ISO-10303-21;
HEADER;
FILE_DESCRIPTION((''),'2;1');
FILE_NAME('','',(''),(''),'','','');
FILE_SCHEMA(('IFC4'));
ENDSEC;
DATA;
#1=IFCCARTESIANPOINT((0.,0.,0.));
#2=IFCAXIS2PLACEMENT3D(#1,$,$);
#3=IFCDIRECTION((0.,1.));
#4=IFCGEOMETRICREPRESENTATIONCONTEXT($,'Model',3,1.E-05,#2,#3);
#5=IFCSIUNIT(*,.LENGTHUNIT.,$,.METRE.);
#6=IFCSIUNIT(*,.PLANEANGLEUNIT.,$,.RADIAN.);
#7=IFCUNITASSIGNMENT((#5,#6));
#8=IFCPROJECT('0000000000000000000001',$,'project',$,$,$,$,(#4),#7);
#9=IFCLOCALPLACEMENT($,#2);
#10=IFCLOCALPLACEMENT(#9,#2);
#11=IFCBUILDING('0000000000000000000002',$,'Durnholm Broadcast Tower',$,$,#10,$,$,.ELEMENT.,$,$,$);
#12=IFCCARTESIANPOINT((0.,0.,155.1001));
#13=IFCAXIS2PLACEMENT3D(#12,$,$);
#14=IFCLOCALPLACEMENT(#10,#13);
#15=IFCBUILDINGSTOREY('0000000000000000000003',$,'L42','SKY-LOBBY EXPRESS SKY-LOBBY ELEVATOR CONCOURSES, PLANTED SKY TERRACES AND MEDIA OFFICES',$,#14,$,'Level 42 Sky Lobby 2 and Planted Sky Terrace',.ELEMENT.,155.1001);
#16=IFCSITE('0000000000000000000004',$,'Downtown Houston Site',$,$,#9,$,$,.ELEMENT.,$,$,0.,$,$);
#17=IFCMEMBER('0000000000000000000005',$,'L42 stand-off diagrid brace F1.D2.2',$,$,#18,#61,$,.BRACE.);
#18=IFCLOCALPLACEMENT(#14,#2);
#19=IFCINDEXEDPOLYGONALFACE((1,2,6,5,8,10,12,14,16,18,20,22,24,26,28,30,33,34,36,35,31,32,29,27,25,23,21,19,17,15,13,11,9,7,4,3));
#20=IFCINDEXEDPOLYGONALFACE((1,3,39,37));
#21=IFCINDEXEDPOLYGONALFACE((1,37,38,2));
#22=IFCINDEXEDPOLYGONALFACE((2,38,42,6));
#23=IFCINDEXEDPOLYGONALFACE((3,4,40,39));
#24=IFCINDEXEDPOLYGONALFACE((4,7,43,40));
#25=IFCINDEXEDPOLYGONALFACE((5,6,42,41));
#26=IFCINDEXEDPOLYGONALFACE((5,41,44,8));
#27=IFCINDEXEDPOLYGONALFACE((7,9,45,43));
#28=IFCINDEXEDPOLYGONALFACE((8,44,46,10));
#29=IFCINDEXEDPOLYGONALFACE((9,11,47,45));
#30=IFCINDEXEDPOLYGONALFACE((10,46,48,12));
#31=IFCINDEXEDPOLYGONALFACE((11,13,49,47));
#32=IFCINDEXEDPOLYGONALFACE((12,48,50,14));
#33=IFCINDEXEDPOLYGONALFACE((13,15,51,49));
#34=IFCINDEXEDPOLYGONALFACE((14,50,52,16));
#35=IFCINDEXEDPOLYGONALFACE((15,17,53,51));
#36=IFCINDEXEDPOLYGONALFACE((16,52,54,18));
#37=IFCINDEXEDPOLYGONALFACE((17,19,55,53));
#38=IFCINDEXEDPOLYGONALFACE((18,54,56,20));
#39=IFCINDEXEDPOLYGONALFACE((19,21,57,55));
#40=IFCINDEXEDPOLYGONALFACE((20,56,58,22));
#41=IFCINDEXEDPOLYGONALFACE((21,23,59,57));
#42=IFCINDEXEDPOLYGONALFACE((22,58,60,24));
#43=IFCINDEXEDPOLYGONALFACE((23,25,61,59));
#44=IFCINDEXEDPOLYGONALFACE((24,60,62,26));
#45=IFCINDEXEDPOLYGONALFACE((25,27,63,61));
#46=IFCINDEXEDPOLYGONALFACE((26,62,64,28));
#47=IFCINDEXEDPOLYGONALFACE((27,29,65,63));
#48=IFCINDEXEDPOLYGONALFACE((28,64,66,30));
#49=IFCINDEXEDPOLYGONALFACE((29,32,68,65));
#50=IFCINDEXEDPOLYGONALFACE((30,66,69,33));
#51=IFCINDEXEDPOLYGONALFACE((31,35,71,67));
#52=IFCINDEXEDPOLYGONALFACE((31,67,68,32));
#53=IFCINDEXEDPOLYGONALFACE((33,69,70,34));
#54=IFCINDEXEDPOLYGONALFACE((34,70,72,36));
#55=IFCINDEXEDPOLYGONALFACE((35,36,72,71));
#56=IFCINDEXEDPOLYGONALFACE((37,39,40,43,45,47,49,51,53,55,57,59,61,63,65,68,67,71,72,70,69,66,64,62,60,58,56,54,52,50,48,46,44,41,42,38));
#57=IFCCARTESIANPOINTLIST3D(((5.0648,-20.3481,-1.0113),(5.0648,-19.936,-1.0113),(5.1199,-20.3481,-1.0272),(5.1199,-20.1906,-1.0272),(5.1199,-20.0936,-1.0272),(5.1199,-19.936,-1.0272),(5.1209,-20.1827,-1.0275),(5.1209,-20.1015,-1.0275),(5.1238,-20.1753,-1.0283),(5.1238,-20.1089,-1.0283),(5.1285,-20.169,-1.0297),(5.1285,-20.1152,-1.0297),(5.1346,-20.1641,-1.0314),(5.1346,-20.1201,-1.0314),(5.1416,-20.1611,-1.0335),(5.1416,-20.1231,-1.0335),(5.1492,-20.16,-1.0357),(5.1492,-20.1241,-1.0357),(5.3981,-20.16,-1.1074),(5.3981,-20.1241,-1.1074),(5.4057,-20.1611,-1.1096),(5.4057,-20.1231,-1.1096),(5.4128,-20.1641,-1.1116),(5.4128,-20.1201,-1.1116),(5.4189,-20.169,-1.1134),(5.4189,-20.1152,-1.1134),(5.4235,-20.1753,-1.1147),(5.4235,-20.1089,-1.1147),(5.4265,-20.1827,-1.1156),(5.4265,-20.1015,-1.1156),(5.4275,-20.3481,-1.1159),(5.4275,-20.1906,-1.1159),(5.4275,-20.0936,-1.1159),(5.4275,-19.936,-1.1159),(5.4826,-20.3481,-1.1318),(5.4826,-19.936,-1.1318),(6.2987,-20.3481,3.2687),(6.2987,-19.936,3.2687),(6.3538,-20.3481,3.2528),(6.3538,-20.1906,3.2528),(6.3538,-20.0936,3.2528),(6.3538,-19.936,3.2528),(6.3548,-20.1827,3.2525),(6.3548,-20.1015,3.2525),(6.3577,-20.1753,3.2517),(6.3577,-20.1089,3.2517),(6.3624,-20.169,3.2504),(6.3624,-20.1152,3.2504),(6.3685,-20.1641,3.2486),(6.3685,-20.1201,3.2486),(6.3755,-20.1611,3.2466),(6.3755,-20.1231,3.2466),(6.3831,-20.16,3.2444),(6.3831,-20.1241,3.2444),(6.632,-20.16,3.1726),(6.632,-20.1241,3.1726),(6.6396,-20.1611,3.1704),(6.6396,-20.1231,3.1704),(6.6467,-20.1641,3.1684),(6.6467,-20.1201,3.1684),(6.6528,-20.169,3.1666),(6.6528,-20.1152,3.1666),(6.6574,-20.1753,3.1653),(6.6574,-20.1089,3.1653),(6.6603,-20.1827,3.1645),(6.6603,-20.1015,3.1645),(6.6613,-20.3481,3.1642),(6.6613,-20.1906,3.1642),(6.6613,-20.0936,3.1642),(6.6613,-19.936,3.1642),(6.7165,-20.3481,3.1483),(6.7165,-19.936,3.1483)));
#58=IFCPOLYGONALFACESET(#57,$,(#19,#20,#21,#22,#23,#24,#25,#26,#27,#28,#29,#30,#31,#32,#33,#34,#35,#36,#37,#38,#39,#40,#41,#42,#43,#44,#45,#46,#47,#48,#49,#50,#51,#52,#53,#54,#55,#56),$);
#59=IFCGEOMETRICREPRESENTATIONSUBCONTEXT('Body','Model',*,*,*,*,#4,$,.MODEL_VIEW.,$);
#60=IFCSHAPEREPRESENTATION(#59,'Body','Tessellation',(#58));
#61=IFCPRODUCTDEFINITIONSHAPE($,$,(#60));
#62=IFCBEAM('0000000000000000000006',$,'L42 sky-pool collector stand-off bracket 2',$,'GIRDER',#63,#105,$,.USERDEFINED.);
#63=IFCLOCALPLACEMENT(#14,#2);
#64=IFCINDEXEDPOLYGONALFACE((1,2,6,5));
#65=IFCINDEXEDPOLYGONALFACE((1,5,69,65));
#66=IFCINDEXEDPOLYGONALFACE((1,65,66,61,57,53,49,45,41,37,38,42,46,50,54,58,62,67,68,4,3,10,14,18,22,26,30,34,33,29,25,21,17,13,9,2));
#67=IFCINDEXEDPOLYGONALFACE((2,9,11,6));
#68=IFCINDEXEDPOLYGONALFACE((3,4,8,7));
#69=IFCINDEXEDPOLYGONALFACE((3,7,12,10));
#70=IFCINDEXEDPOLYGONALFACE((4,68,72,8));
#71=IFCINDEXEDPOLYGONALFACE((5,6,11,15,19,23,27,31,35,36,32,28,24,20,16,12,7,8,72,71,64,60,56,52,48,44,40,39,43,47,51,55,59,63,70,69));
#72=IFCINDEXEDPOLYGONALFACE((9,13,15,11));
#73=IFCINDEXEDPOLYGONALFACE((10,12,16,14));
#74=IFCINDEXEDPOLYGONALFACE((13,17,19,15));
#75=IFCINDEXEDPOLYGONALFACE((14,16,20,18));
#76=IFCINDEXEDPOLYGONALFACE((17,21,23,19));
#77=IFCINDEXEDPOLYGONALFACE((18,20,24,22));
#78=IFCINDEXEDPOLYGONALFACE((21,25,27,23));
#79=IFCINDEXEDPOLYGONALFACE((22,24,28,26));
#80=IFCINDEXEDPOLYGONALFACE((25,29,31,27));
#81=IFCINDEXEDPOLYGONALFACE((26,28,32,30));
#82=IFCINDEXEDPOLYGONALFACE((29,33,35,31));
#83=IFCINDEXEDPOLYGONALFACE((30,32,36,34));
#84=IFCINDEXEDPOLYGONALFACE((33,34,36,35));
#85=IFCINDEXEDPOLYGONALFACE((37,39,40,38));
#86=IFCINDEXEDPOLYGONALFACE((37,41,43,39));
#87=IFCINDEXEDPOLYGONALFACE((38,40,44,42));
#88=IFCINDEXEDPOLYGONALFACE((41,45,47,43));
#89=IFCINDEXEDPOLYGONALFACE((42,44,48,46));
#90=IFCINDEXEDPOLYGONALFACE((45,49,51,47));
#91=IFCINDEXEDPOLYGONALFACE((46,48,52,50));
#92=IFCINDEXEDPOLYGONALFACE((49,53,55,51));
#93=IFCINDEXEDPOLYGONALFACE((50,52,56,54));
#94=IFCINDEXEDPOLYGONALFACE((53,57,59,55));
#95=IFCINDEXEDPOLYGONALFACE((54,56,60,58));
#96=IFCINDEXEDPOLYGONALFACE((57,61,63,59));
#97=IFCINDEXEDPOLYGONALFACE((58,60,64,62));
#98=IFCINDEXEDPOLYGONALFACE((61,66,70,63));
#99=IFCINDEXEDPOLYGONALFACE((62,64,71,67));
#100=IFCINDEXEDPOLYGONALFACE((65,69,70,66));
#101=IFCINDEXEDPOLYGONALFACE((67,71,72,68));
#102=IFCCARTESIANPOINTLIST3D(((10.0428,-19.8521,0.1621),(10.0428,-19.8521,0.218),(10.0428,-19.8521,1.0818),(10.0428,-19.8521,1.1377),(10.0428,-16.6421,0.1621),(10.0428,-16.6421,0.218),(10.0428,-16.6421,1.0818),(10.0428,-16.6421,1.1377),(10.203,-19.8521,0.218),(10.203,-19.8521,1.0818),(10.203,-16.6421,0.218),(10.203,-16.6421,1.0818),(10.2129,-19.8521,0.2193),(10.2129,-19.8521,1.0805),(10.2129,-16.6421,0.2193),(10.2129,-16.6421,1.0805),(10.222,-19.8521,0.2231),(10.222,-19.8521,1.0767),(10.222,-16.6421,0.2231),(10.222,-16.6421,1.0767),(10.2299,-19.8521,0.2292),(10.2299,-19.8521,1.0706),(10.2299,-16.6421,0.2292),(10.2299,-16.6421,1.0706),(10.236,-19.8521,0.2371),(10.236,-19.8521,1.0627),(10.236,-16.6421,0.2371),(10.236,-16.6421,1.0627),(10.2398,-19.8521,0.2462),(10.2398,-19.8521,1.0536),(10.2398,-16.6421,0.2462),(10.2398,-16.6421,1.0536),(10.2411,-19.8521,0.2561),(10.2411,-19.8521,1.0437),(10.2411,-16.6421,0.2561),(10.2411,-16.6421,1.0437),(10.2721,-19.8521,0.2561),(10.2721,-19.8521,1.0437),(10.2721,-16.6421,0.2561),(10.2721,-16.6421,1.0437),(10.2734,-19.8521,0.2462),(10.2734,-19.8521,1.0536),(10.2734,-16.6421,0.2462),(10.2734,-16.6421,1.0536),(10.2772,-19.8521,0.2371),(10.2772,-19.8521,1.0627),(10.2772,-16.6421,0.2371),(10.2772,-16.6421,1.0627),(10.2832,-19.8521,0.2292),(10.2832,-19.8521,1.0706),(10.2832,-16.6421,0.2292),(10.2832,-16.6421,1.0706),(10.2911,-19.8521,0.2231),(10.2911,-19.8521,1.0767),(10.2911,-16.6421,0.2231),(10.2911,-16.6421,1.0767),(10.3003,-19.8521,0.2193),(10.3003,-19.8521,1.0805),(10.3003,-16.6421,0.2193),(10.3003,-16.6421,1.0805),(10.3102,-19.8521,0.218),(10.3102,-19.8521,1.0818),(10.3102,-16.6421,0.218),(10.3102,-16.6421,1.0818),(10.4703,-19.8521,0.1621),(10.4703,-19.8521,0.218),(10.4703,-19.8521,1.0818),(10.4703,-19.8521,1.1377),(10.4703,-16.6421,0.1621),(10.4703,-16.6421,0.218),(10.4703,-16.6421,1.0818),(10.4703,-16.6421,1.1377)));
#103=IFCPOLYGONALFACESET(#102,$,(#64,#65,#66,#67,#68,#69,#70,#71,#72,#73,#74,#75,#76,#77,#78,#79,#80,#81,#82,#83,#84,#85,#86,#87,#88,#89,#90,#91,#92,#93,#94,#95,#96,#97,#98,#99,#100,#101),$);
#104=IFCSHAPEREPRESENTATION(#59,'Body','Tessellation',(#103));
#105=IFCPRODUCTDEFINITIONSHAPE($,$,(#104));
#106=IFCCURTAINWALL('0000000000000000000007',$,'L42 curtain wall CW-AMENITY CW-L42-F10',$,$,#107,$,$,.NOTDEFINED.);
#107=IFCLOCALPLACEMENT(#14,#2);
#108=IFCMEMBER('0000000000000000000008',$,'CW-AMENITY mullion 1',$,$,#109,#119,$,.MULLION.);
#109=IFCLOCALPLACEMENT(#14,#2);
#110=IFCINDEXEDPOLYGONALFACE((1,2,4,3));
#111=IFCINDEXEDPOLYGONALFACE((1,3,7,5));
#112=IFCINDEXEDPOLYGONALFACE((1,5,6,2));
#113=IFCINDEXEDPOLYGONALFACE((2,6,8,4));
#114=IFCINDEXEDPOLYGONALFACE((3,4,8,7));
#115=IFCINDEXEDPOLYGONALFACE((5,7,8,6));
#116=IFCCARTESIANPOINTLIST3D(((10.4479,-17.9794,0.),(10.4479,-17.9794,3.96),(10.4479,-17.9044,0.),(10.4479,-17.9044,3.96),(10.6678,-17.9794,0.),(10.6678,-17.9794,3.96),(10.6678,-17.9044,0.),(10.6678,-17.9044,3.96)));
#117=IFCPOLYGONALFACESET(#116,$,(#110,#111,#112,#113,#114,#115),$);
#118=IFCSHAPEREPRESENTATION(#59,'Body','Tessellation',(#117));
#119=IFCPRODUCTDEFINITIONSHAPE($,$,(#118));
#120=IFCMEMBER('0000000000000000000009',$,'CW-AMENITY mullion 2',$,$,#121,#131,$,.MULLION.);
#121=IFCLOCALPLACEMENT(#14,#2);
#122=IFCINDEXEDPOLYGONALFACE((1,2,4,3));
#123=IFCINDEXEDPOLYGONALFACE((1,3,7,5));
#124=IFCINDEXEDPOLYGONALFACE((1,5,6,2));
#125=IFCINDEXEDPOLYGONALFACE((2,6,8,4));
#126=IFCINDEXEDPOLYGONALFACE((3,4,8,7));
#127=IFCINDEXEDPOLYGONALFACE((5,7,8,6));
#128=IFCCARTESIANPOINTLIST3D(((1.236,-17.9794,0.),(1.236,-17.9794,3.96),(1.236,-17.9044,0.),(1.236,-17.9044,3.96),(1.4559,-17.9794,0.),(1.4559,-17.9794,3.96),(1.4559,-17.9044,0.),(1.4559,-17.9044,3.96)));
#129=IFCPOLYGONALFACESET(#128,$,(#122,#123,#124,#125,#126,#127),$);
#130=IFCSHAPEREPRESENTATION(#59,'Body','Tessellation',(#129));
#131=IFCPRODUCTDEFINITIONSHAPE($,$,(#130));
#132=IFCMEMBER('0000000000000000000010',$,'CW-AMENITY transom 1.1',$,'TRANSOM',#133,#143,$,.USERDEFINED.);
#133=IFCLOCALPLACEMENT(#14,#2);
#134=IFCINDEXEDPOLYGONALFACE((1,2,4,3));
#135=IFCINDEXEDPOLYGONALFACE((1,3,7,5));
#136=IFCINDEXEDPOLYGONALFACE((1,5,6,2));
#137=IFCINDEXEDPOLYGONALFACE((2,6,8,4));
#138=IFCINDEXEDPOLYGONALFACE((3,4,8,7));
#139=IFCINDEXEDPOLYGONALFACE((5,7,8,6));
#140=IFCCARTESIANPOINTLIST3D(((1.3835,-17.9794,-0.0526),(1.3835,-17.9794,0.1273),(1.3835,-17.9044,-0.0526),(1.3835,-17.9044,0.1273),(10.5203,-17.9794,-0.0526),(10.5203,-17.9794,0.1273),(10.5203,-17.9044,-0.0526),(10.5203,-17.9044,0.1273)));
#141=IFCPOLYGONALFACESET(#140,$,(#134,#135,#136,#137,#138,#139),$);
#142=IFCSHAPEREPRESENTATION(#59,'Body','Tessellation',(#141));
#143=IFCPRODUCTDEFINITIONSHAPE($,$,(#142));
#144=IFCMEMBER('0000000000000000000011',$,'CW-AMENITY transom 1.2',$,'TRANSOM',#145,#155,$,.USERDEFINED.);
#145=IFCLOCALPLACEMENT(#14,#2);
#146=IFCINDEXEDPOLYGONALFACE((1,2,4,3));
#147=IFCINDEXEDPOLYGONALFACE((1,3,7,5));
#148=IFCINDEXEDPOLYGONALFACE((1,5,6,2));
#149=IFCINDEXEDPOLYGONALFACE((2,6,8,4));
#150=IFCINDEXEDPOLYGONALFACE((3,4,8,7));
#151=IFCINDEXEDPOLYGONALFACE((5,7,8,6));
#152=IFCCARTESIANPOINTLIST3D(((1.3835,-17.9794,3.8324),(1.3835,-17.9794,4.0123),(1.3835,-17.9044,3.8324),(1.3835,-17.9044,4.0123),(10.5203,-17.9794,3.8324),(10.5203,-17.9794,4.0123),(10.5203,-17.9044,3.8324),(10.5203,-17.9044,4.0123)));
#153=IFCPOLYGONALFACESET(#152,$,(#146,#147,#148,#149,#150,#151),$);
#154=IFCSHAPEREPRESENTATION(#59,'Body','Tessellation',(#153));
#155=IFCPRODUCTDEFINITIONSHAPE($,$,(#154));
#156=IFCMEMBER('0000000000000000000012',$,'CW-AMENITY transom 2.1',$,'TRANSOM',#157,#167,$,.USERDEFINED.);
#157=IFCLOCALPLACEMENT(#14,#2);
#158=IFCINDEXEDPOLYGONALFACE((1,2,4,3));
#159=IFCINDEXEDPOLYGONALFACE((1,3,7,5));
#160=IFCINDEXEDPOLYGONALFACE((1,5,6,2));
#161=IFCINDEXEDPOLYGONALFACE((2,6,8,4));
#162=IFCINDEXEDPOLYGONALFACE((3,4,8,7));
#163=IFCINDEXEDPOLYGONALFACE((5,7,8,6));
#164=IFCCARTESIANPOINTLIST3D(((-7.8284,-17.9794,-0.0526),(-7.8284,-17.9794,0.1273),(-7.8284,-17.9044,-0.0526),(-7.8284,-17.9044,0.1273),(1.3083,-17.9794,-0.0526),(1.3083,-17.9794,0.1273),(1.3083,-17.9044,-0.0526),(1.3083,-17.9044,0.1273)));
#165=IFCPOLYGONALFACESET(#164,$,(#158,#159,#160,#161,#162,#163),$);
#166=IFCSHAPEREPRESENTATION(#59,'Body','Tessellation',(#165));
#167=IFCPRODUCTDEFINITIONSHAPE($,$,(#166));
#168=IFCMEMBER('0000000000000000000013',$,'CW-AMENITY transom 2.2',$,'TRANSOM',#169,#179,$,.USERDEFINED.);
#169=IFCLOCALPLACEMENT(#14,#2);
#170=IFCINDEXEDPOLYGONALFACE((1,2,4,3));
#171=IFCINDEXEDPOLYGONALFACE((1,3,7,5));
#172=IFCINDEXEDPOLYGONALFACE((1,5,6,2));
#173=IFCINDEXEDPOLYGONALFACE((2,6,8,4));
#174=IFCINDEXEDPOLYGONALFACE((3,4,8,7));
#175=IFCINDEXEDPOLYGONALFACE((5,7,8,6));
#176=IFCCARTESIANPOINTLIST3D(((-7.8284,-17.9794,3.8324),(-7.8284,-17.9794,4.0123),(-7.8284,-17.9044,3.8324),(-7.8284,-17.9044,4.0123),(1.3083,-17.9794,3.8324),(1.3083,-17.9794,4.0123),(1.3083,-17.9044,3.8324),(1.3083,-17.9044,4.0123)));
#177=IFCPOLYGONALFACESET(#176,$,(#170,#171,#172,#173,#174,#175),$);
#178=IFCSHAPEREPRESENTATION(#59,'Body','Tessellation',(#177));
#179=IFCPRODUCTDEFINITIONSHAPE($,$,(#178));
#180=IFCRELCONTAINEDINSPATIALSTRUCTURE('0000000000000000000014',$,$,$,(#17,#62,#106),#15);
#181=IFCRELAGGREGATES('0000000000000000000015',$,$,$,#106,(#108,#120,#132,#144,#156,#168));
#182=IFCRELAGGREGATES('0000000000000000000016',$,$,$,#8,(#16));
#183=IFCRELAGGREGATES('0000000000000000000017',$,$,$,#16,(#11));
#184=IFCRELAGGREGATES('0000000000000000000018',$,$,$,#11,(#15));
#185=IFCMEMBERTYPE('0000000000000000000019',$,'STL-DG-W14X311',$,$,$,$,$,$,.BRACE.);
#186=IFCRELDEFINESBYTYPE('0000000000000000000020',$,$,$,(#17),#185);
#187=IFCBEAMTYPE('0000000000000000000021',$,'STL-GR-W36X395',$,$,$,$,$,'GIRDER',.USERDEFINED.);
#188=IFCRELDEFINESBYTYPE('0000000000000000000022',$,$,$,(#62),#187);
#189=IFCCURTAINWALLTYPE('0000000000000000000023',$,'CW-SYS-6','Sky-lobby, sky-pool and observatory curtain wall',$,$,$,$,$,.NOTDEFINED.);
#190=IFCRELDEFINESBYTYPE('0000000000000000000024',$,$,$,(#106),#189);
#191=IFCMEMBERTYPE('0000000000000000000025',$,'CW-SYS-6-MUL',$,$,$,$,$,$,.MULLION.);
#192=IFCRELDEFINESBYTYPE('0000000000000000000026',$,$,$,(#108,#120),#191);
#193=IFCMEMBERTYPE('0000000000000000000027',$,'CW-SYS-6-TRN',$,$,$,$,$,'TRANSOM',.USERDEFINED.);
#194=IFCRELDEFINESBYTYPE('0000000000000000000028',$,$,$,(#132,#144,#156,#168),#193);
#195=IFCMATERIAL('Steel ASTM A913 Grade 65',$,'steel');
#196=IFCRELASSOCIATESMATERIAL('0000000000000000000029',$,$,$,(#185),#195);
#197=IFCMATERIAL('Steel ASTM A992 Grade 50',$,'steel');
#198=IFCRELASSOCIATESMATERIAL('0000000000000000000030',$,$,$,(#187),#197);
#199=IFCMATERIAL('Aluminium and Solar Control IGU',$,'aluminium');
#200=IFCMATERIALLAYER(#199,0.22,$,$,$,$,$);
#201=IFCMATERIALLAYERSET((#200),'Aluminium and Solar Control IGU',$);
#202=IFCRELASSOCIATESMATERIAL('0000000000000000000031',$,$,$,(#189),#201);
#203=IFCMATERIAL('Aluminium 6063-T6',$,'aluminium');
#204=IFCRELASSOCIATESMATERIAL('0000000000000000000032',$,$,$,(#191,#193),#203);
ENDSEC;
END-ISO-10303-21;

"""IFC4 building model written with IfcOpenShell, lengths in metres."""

from ifc_helpers import new_model, si_unit, direction, frame, origin, origin_2d, place, context, subcontext, project, spatial, rectangle, i_section, extrude, source, transform, mapped, material, layer, layer_set, material_profile, profile_set, type_object, type_shapes, element, aggregate, save


model = new_model("IFC4")

# Units and contexts
model_context = context("Model", 3, precision=1e-05, world=origin(), true_north=direction((0.0, 1.0)))
body_context = subcontext(model_context, "Body", "Model", "MODEL_VIEW")
ifc_project = project(units=[si_unit("LENGTHUNIT", "METRE"), si_unit("PLANEANGLEUNIT", "RADIAN")], contexts=[model_context])

# Site, building, storey
site_placement = place(None, origin())
site = spatial("IfcSite", under=ifc_project, at=site_placement, Name="Downtown Houston Site", CompositionType="ELEMENT", RefElevation=0.0)
building_placement = place(site_placement, origin())
building = spatial("IfcBuilding", under=site, at=building_placement, Name="Durnholm Broadcast Tower", CompositionType="ELEMENT")
storey_placement = place(building_placement, frame((0.0, 0.0, 155.1001)))
storey = spatial("IfcBuildingStorey", under=building, at=storey_placement, Name="L42", Description="SKY-LOBBY EXPRESS SKY-LOBBY ELEVATOR CONCOURSES, PLANTED SKY TERRACES AND MEDIA OFFICES", LongName="Level 42 Sky Lobby 2 and Planted Sky Terrace", CompositionType="ELEMENT", Elevation=155.1001)

# Shared definitions
ifc_material_1 = material(Name="Steel ASTM A992 Grade 50", Category="steel")

# Member
ifc_material_2 = material(Name="Steel ASTM A913 Grade 65", Category="steel")
ifc_material_profile_1 = material_profile(ifc_material_2, i_section(OverallWidth=0.4121, OverallDepth=0.4348, WebThickness=0.0359, FlangeThickness=0.0574, FilletRadius=0.0305, at=origin_2d()), Name="W14X311")
ifc_profile_set_1 = profile_set([ifc_material_profile_1], Name="Steel ASTM A913 Grade 65")
member_type_1 = type_object("IfcMemberType", Name="STL-DG-W14X311", PredefinedType="BRACE", material=ifc_profile_set_1)
shared_shape_1 = source(origin(), body_context, "Body", "SweptSolid", [
    extrude(i_section(OverallWidth=0.4121, OverallDepth=0.4348, WebThickness=0.0359, FlangeThickness=0.0574, FilletRadius=0.0305, at=origin_2d()), origin(), (0.0, 0.0, 1.0), 4.4543),
])
type_shapes(member_type_1, [shared_shape_1])
for number, where, z_axis, x_axis, name in (
    (1, (5.2737, -20.1421, -1.0715), (0.277008, 0.0, 0.960868), (0.0, 1.0, 0.0), "L42 stand-off diagrid brace F1.D2.2"),
):
    element("IfcMember", number, at=place(storey_placement, frame(where, z_axis=z_axis, x_axis=x_axis)), inside=storey, type_object=member_type_1, Name=name, PredefinedType="BRACE", context=body_context, shape_type="MappedRepresentation", body=[
        mapped(shared_shape_1, transform((0.0, 0.0, 0.0), x_axis=(1.0, 0.0, 0.0), y_axis=(0.0, 1.0, 0.0), z_axis=(0.0, 0.0, 1.0), scale=1.0)),
    ])

# Beam
ifc_material_profile_2 = material_profile(ifc_material_1, i_section(OverallWidth=0.4275, OverallDepth=0.9756, WebThickness=0.031, FlangeThickness=0.0559, FilletRadius=0.0381, at=origin_2d()), Name="W36X395")
ifc_profile_set_2 = profile_set([ifc_material_profile_2], Name="Steel ASTM A992 Grade 50")
beam_type_1 = type_object("IfcBeamType", Name="STL-GR-W36X395", ElementType="GIRDER", PredefinedType="USERDEFINED", material=ifc_profile_set_2)
shared_shape_2 = source(origin(), body_context, "Body", "SweptSolid", [
    extrude(i_section(OverallWidth=0.4275, OverallDepth=0.9756, WebThickness=0.031, FlangeThickness=0.0559, FilletRadius=0.0381, at=origin_2d()), origin(), (0.0, 0.0, 1.0), 3.21),
])
type_shapes(beam_type_1, [shared_shape_2])
beam_1_placement = place(storey_placement, frame((10.2566, -16.6421, 0.6499), z_axis=(0.0, -1.0, 0.0), x_axis=(1.0, 0.0, 0.0)))
element("IfcBeam", 2, at=beam_1_placement, inside=storey, type_object=beam_type_1, Name="L42 sky-pool collector stand-off bracket 2", ObjectType="GIRDER", PredefinedType="USERDEFINED", context=body_context, shape_type="MappedRepresentation", body=[
    mapped(shared_shape_2, transform((0.0, 0.0, 0.0), x_axis=(1.0, 0.0, 0.0), y_axis=(0.0, 1.0, 0.0), z_axis=(0.0, 0.0, 1.0), scale=1.0)),
])

# Curtain wall, members
ifc_material_3 = material(Name="Aluminium and Solar Control IGU", Category="aluminium")
ifc_layer_1 = layer(ifc_material_3, 0.22)
ifc_layer_set_1 = layer_set([ifc_layer_1], Name="Aluminium and Solar Control IGU")
curtain_wall_type = type_object("IfcCurtainWallType", Name="CW-SYS-6", Description="Sky-lobby, sky-pool and observatory curtain wall", PredefinedType="NOTDEFINED", material=ifc_layer_set_1)
curtain_wall_placement = place(storey_placement, origin())
curtain_wall = element("IfcCurtainWall", 3, at=curtain_wall_placement, inside=storey, type_object=curtain_wall_type, Name="L42 curtain wall CW-AMENITY CW-L42-F10", PredefinedType="NOTDEFINED")
ifc_material_4 = material(Name="Aluminium 6063-T6", Category="aluminium")
ifc_material_profile_3 = material_profile(ifc_material_4, rectangle(XDim=0.075, YDim=0.22, at=origin_2d()), Name="CWM75X220")
ifc_profile_set_3 = profile_set([ifc_material_profile_3], Name="Aluminium 6063-T6")
member_type_2 = type_object("IfcMemberType", Name="CW-SYS-6-MUL", PredefinedType="MULLION", material=ifc_profile_set_3)
shared_shape_3 = source(origin(), body_context, "Body", "SweptSolid", [
    extrude(rectangle(XDim=0.075, YDim=0.22, at=origin_2d()), origin(), (0.0, 0.0, 1.0), 3.96),
])
type_shapes(member_type_2, [shared_shape_3])
member_1_placement = place(storey_placement, frame((10.5579, -17.9419, 0.0), z_axis=(0.0, 0.0, 1.0), x_axis=(0.0, -1.0, 0.0)))
member_1 = element("IfcMember", 4, at=member_1_placement, type_object=member_type_2, Name="CW-AMENITY mullion 1", PredefinedType="MULLION", context=body_context, shape_type="MappedRepresentation", body=[
    mapped(shared_shape_3, transform((0.0, 0.0, 0.0), x_axis=(1.0, 0.0, 0.0), y_axis=(0.0, 1.0, 0.0), z_axis=(0.0, 0.0, 1.0), scale=1.0)),
])
member_2_placement = place(storey_placement, frame((1.3459, -17.9419, 0.0), z_axis=(0.0, 0.0, 1.0), x_axis=(0.0, -1.0, 0.0)))
member_2 = element("IfcMember", 5, at=member_2_placement, type_object=member_type_2, Name="CW-AMENITY mullion 2", PredefinedType="MULLION", context=body_context, shape_type="MappedRepresentation", body=[
    mapped(shared_shape_3, transform((0.0, 0.0, 0.0), x_axis=(1.0, 0.0, 0.0), y_axis=(0.0, 1.0, 0.0), z_axis=(0.0, 0.0, 1.0), scale=1.0)),
])
ifc_material_profile_4 = material_profile(ifc_material_4, rectangle(XDim=0.075, YDim=0.1799, at=origin_2d()), Name="CWT75X180")
ifc_profile_set_4 = profile_set([ifc_material_profile_4], Name="Aluminium 6063-T6")
member_type_3 = type_object("IfcMemberType", Name="CW-SYS-6-TRN", ElementType="TRANSOM", PredefinedType="USERDEFINED", material=ifc_profile_set_4)
shared_shape_4 = source(origin(), body_context, "Body", "SweptSolid", [
    extrude(rectangle(XDim=0.075, YDim=0.1799, at=origin_2d()), origin(), (0.0, 0.0, 1.0), 9.1367),
])
type_shapes(member_type_3, [shared_shape_4])
member_3_placement = place(storey_placement, frame((10.5203, -17.9419, 0.0374), z_axis=(-1.0, 0.0, 0.0), x_axis=(0.0, -1.0, 0.0)))
member_3 = element("IfcMember", 6, at=member_3_placement, type_object=member_type_3, Name="CW-AMENITY transom 1.1", ObjectType="TRANSOM", PredefinedType="USERDEFINED", context=body_context, shape_type="MappedRepresentation", body=[
    mapped(shared_shape_4, transform((0.0, 0.0, 0.0), x_axis=(1.0, 0.0, 0.0), y_axis=(0.0, 1.0, 0.0), z_axis=(0.0, 0.0, 1.0), scale=1.0)),
])
member_4_placement = place(storey_placement, frame((10.5203, -17.9419, 3.9224), z_axis=(-1.0, 0.0, 0.0), x_axis=(0.0, -1.0, 0.0)))
member_4 = element("IfcMember", 7, at=member_4_placement, type_object=member_type_3, Name="CW-AMENITY transom 1.2", ObjectType="TRANSOM", PredefinedType="USERDEFINED", context=body_context, shape_type="MappedRepresentation", body=[
    mapped(shared_shape_4, transform((0.0, 0.0, 0.0), x_axis=(1.0, 0.0, 0.0), y_axis=(0.0, 1.0, 0.0), z_axis=(0.0, 0.0, 1.0), scale=1.0)),
])
member_5_placement = place(storey_placement, frame((1.3083, -17.9419, 0.0374), z_axis=(-1.0, 0.0, 0.0), x_axis=(0.0, -1.0, 0.0)))
member_5 = element("IfcMember", 8, at=member_5_placement, type_object=member_type_3, Name="CW-AMENITY transom 2.1", ObjectType="TRANSOM", PredefinedType="USERDEFINED", context=body_context, shape_type="MappedRepresentation", body=[
    mapped(shared_shape_4, transform((0.0, 0.0, 0.0), x_axis=(1.0, 0.0, 0.0), y_axis=(0.0, 1.0, 0.0), z_axis=(0.0, 0.0, 1.0), scale=1.0)),
])
member_6_placement = place(storey_placement, frame((1.3083, -17.9419, 3.9224), z_axis=(-1.0, 0.0, 0.0), x_axis=(0.0, -1.0, 0.0)))
member_6 = element("IfcMember", 9, at=member_6_placement, type_object=member_type_3, Name="CW-AMENITY transom 2.2", ObjectType="TRANSOM", PredefinedType="USERDEFINED", context=body_context, shape_type="MappedRepresentation", body=[
    mapped(shared_shape_4, transform((0.0, 0.0, 0.0), x_axis=(1.0, 0.0, 0.0), y_axis=(0.0, 1.0, 0.0), z_axis=(0.0, 0.0, 1.0), scale=1.0)),
])
aggregate(curtain_wall, [member_1, member_2, member_3, member_4, member_5, member_6])

save(model, "model.ifc")
